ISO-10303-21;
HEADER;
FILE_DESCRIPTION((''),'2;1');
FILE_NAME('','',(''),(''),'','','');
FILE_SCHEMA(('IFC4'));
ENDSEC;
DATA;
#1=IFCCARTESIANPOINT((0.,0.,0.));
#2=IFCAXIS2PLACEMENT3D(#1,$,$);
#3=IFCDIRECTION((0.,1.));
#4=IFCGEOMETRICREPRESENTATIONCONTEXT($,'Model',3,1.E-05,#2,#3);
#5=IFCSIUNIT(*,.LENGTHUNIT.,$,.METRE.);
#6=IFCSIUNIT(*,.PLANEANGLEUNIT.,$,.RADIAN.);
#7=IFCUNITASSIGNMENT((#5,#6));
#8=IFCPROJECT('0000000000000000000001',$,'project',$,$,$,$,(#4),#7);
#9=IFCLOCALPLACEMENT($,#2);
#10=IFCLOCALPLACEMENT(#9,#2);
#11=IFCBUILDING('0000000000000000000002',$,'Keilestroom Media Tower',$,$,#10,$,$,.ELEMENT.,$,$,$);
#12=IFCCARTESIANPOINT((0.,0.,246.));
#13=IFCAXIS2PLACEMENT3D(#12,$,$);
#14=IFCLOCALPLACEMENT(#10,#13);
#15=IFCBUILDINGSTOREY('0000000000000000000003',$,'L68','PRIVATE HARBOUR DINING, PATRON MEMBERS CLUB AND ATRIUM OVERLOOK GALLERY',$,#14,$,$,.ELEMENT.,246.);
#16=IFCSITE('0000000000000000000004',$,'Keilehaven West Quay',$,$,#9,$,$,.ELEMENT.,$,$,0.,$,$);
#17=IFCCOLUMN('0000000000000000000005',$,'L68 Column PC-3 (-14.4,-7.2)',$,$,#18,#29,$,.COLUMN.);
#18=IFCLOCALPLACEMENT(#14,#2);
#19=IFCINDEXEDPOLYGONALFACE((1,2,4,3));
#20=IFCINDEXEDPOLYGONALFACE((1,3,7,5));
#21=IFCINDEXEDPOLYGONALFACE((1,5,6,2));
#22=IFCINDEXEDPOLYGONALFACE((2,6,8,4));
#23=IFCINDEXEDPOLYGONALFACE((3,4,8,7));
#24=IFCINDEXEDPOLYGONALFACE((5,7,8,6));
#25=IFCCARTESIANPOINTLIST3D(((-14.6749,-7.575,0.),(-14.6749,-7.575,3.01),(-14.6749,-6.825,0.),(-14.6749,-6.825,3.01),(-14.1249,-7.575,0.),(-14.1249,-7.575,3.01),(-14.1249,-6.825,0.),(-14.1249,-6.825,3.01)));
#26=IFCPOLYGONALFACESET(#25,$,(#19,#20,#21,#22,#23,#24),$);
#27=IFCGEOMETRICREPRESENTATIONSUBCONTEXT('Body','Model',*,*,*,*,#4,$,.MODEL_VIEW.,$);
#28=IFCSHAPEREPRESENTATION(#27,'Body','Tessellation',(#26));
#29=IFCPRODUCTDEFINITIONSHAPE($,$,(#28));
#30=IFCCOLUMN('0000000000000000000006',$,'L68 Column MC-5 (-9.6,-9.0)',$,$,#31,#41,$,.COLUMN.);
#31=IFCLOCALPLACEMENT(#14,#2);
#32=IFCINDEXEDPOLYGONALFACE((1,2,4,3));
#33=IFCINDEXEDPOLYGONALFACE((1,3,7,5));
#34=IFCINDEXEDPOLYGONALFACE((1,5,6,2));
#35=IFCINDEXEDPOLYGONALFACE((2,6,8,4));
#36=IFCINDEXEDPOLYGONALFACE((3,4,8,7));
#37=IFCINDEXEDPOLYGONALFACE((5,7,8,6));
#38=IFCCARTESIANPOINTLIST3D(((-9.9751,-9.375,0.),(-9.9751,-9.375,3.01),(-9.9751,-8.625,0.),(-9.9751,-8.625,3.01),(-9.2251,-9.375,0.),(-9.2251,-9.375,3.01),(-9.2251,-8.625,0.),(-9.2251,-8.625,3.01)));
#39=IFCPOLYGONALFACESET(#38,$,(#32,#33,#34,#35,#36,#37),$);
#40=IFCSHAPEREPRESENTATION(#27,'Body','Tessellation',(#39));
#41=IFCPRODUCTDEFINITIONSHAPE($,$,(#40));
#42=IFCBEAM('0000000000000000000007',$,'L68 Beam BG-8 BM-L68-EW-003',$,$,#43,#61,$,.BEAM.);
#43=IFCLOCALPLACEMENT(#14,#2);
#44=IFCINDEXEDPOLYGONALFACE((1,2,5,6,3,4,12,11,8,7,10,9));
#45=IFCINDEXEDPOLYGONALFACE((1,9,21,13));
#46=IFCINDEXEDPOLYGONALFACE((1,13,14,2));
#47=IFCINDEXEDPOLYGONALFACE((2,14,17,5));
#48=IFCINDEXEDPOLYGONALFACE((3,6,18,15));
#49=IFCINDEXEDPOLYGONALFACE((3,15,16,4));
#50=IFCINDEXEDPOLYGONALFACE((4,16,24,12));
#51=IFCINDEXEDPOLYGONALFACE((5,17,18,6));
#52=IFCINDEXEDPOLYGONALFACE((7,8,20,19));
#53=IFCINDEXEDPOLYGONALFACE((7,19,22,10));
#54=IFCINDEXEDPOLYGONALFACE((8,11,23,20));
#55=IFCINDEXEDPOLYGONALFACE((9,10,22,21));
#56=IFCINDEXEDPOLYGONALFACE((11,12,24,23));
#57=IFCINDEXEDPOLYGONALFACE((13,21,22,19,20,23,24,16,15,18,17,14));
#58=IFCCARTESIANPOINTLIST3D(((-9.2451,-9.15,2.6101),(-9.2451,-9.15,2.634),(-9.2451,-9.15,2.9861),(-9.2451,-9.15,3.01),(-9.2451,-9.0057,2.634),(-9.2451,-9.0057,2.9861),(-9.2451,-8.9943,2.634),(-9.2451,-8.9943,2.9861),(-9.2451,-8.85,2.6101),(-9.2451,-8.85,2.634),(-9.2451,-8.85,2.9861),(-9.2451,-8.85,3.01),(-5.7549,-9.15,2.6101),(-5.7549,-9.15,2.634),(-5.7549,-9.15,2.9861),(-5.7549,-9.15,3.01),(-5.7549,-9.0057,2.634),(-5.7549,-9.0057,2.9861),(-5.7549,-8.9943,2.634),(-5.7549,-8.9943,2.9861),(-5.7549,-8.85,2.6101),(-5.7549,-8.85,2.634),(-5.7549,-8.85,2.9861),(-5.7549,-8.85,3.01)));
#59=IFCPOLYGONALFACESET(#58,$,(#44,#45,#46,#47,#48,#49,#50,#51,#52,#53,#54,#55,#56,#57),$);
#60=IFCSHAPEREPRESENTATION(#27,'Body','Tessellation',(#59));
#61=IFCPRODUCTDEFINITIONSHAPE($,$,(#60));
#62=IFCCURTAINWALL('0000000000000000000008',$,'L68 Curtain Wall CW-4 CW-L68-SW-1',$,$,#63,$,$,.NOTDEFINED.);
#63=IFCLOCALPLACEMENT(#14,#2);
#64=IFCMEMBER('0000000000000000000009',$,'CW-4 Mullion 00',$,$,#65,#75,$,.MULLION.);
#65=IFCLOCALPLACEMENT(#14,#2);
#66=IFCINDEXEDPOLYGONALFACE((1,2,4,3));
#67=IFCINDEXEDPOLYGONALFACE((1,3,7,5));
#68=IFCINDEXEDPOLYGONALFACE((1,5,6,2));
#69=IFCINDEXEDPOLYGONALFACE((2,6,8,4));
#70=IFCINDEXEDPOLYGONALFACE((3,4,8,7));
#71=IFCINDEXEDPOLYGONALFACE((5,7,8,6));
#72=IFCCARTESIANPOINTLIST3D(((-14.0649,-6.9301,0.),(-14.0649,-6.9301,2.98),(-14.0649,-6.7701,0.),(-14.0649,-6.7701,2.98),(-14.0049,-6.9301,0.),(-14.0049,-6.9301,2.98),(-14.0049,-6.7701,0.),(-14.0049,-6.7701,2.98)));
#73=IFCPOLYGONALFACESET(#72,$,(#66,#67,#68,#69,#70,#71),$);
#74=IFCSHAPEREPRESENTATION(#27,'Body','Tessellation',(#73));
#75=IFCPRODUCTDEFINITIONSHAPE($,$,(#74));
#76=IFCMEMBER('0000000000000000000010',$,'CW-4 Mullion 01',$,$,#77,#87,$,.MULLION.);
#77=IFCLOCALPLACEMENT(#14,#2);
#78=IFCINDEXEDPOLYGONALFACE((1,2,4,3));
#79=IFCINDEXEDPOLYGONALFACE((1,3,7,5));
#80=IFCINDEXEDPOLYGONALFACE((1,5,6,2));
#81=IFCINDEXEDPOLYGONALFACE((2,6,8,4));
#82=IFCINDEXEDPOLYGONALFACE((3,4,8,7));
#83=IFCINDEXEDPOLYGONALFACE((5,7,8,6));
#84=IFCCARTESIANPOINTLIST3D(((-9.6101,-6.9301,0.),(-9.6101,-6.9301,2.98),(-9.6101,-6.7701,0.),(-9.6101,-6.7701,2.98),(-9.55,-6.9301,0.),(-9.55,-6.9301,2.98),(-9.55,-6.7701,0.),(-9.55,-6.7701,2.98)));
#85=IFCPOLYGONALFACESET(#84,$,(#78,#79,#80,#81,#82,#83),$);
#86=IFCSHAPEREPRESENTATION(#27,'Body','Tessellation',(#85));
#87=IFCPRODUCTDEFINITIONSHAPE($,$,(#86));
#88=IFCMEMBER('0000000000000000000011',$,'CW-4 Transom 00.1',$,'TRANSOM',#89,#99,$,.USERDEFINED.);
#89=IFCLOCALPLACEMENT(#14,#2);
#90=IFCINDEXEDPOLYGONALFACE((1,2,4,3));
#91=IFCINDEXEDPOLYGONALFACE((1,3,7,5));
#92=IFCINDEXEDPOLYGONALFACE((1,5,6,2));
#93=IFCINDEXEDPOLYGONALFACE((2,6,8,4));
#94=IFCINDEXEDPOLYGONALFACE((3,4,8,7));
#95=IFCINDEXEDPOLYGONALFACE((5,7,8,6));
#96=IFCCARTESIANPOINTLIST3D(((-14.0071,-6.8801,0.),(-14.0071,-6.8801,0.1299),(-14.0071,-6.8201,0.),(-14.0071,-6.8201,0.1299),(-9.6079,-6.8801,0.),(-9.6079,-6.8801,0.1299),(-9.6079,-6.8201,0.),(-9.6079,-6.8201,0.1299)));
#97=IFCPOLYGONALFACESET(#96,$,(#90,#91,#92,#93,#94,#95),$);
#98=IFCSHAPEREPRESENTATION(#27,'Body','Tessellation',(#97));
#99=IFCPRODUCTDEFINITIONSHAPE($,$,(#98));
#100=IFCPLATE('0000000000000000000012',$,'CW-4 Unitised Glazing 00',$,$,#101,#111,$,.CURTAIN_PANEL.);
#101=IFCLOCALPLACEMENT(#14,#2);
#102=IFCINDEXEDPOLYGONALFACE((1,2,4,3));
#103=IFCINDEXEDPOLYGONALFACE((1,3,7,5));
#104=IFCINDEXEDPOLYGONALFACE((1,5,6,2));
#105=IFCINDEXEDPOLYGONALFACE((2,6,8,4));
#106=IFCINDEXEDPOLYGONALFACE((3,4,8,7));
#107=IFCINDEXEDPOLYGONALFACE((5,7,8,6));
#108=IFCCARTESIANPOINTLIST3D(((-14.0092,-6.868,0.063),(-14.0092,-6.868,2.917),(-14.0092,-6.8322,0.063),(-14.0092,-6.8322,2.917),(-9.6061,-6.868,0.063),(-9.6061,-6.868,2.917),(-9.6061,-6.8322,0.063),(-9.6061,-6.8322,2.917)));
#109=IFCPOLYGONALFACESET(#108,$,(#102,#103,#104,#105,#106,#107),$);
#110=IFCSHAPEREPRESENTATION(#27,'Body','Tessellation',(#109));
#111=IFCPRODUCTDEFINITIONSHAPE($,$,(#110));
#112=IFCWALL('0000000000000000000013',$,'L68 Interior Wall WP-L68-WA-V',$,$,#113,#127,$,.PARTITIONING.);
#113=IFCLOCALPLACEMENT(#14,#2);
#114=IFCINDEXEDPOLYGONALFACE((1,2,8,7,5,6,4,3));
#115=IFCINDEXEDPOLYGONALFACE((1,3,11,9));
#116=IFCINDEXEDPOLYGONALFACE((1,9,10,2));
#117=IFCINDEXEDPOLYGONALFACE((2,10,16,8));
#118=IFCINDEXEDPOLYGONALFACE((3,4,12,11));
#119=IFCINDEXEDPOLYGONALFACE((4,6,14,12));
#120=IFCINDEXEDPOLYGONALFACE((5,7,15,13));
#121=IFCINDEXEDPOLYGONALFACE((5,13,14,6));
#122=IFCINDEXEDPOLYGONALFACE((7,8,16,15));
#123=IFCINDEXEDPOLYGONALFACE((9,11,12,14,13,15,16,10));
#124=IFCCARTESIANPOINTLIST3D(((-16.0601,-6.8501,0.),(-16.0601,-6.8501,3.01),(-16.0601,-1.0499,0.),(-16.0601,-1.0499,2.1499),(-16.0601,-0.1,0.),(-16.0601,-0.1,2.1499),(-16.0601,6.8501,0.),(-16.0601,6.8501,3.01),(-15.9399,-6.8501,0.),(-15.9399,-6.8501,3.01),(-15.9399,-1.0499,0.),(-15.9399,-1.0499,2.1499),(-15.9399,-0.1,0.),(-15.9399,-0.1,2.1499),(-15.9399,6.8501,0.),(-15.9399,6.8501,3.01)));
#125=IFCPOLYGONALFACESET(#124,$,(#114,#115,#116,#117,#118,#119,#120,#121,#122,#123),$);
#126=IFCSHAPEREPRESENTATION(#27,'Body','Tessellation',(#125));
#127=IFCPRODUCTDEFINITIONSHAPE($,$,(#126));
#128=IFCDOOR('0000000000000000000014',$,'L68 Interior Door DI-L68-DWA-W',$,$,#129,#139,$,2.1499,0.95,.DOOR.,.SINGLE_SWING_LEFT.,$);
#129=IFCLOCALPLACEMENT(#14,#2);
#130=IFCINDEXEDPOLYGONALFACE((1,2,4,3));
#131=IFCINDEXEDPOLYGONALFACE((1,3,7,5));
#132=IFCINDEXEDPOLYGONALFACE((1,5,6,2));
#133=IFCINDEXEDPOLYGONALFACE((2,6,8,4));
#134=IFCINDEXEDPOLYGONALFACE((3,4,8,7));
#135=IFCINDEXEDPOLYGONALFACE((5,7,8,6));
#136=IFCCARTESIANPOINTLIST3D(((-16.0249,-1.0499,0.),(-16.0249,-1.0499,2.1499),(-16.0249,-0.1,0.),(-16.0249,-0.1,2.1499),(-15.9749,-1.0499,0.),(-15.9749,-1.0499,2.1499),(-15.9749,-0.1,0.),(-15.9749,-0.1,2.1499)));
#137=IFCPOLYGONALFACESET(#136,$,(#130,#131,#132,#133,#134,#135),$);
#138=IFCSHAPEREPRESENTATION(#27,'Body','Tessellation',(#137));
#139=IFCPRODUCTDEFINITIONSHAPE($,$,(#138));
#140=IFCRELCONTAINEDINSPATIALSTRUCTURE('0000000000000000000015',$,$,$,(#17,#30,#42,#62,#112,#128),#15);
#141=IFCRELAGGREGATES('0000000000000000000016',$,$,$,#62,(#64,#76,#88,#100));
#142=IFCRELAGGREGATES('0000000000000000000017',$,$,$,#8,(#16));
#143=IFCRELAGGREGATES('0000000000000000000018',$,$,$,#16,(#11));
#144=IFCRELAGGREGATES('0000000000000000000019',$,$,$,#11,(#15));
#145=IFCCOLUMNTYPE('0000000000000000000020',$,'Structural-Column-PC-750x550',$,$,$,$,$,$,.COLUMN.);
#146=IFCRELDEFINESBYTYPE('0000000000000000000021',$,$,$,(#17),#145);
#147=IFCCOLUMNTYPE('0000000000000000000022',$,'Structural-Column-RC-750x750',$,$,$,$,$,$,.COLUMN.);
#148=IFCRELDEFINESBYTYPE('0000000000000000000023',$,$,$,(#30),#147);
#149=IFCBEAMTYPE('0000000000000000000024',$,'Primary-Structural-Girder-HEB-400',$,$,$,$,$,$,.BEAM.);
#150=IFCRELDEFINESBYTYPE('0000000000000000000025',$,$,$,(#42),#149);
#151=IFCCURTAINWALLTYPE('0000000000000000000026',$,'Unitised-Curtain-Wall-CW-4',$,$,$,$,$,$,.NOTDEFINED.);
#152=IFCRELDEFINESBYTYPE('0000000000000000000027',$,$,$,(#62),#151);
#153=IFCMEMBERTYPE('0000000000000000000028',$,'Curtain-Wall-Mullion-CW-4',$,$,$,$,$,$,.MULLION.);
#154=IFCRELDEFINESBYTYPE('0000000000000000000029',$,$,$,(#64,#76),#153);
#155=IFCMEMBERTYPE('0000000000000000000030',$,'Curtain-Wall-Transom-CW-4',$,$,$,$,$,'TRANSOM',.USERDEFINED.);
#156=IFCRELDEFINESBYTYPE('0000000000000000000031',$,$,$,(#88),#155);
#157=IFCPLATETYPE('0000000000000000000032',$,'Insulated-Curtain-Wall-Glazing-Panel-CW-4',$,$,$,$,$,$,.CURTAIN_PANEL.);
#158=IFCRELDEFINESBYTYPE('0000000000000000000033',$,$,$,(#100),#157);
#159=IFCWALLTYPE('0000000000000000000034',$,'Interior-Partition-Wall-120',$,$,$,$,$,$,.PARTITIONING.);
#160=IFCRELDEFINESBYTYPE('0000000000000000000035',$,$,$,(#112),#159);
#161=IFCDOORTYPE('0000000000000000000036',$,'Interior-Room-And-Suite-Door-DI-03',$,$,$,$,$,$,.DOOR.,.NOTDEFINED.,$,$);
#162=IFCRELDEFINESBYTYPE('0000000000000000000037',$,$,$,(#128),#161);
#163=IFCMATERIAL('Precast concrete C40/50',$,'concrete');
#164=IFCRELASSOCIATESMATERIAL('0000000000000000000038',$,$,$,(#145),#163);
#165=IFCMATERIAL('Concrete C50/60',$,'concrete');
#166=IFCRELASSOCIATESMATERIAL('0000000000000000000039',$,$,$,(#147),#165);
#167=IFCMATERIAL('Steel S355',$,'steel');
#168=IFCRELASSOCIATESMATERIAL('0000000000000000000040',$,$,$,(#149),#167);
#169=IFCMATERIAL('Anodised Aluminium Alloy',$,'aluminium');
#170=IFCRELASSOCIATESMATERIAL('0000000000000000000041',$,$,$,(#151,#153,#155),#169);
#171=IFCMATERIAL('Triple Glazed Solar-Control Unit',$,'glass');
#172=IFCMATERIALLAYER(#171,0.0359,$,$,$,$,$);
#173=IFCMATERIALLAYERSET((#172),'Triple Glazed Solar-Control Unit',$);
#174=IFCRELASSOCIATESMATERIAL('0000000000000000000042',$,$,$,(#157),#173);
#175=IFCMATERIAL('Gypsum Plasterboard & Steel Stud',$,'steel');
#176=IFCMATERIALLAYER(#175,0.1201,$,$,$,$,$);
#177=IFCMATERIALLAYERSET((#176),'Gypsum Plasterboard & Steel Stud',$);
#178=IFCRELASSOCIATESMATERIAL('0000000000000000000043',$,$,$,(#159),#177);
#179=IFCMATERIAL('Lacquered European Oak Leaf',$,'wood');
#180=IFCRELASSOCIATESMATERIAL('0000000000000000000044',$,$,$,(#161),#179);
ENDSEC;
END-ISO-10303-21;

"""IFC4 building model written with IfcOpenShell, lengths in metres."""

from ifc_helpers import new_model, si_unit, direction, frame, frame_2d, origin, origin_2d, place, context, subcontext, project, spatial, rectangle, i_section, extrude, source, transform, mapped, material, layer, layer_set, material_profile, profile_set, type_object, element, fill, aggregate, save


model = new_model("IFC4")

# Units and contexts
model_context = context("Model", 3, precision=1e-05, world=origin(), true_north=direction((0.0, 1.0)))
body_context = subcontext(model_context, "Body", "Model", "MODEL_VIEW")
ifc_project = project(units=[si_unit("LENGTHUNIT", "METRE"), si_unit("PLANEANGLEUNIT", "RADIAN")], contexts=[model_context])

# Site, building, storey
site_placement = place(None, origin())
site = spatial("IfcSite", under=ifc_project, at=site_placement, Name="Keilehaven West Quay", CompositionType="ELEMENT", RefElevation=0.0)
building_placement = place(site_placement, origin())
building = spatial("IfcBuilding", under=site, at=building_placement, Name="Keilestroom Media Tower", CompositionType="ELEMENT")
storey_placement = place(building_placement, frame((0.0, 0.0, 246.0)))
storey = spatial("IfcBuildingStorey", under=building, at=storey_placement, Name="L68", Description="PRIVATE HARBOUR DINING, PATRON MEMBERS CLUB AND ATRIUM OVERLOOK GALLERY", CompositionType="ELEMENT", Elevation=246.0)

# Columns
ifc_material_1 = material(Name="Precast concrete C40/50", Category="concrete")
ifc_material_profile_1 = material_profile(ifc_material_1, rectangle(XDim=0.55, YDim=0.75, at=origin_2d()), Name="PC 750x550")
ifc_profile_set_1 = profile_set([ifc_material_profile_1], Name="Precast concrete C40/50")
column_type_1 = type_object("IfcColumnType", Name="Structural-Column-PC-750x550", PredefinedType="COLUMN", material=ifc_profile_set_1)
shared_shape_1 = source(origin(), body_context, "Body", "SweptSolid", [
    extrude(rectangle(XDim=0.55, YDim=0.75, at=origin_2d()), origin(), (0.0, 0.0, 1.0), 3.01),
])
column_1_placement = place(storey_placement, frame((-14.3999, -7.2, 0.0), z_axis=(0.0, 0.0, 1.0), x_axis=(1.0, 0.0, 0.0)))
element("IfcColumn", 1, at=column_1_placement, inside=storey, type_object=column_type_1, Name="L68 Column PC-3 (-14.4,-7.2)", PredefinedType="COLUMN", context=body_context, shape_type="MappedRepresentation", body=[
    mapped(shared_shape_1, transform((0.0, 0.0, 0.0), x_axis=(1.0, 0.0, 0.0), y_axis=(0.0, 1.0, 0.0), z_axis=(0.0, 0.0, 1.0), scale=1.0)),
])
ifc_material_2 = material(Name="Concrete C50/60", Category="concrete")
ifc_material_profile_2 = material_profile(ifc_material_2, rectangle(XDim=0.75, YDim=0.75, at=origin_2d()), Name="RC 750x750")
ifc_profile_set_2 = profile_set([ifc_material_profile_2], Name="Concrete C50/60")
column_type_2 = type_object("IfcColumnType", Name="Structural-Column-RC-750x750", PredefinedType="COLUMN", material=ifc_profile_set_2)
shared_shape_2 = source(origin(), body_context, "Body", "SweptSolid", [
    extrude(rectangle(XDim=0.75, YDim=0.75, at=origin_2d()), origin(), (0.0, 0.0, 1.0), 3.01),
])
column_2_placement = place(storey_placement, frame((-9.6001, -9.0, 0.0), z_axis=(0.0, 0.0, 1.0), x_axis=(1.0, 0.0, 0.0)))
element("IfcColumn", 2, at=column_2_placement, inside=storey, type_object=column_type_2, Name="L68 Column MC-5 (-9.6,-9.0)", PredefinedType="COLUMN", context=body_context, shape_type="MappedRepresentation", body=[
    mapped(shared_shape_2, transform((0.0, 0.0, 0.0), x_axis=(1.0, 0.0, 0.0), y_axis=(0.0, 1.0, 0.0), z_axis=(0.0, 0.0, 1.0), scale=1.0)),
])

# Beam
ifc_material_3 = material(Name="Steel S355", Category="steel")
ifc_material_profile_3 = material_profile(ifc_material_3, i_section(OverallWidth=0.3, OverallDepth=0.3999, WebThickness=0.0115, FlangeThickness=0.0239, at=origin_2d()), Name="HEB 400")
ifc_profile_set_3 = profile_set([ifc_material_profile_3], Name="Steel S355")
beam_type = type_object("IfcBeamType", Name="Primary-Structural-Girder-HEB-400", PredefinedType="BEAM", material=ifc_profile_set_3)
shared_shape_3 = source(origin(), body_context, "Body", "SweptSolid", [
    extrude(i_section(OverallWidth=0.3, OverallDepth=0.3999, WebThickness=0.0115, FlangeThickness=0.0239, at=origin_2d()), origin(), (0.0, 0.0, 1.0), 3.4902),
])
beam_placement = place(storey_placement, frame((-9.2451, -9.0, 2.8101), z_axis=(1.0, 0.0, 0.0), x_axis=(0.0, 1.0, 0.0)))
element("IfcBeam", 3, at=beam_placement, inside=storey, type_object=beam_type, Name="L68 Beam BG-8 BM-L68-EW-003", PredefinedType="BEAM", context=body_context, shape_type="MappedRepresentation", body=[
    mapped(shared_shape_3, transform((0.0, 0.0, 0.0), x_axis=(1.0, 0.0, 0.0), y_axis=(0.0, 1.0, 0.0), z_axis=(0.0, 0.0, 1.0), scale=1.0)),
])

# Curtain wall, members, plate
ifc_material_4 = material(Name="Anodised Aluminium Alloy", Category="aluminium")
curtain_wall_type = type_object("IfcCurtainWallType", Name="Unitised-Curtain-Wall-CW-4", PredefinedType="NOTDEFINED", material=ifc_material_4)
curtain_wall_placement = place(storey_placement, origin())
curtain_wall = element("IfcCurtainWall", 4, at=curtain_wall_placement, inside=storey, type_object=curtain_wall_type, Name="L68 Curtain Wall CW-4 CW-L68-SW-1", PredefinedType="NOTDEFINED")
ifc_material_profile_4 = material_profile(ifc_material_4, rectangle(XDim=0.0601, YDim=0.1599, at=origin_2d()), Name="ALU MULLION 60x160")
ifc_profile_set_4 = profile_set([ifc_material_profile_4], Name="Anodised Aluminium Alloy")
member_type_1 = type_object("IfcMemberType", Name="Curtain-Wall-Mullion-CW-4", PredefinedType="MULLION", material=ifc_profile_set_4)
shared_shape_4 = source(origin(), body_context, "Body", "SweptSolid", [
    extrude(rectangle(XDim=0.0601, YDim=0.1599, at=origin_2d()), origin(), (0.0, 0.0, 1.0), 2.98),
])
member_1_placement = place(storey_placement, frame((-14.0349, -6.8501, 0.0), z_axis=(0.0, 0.0, 1.0), x_axis=(1.0, 0.0, 0.0)))
member_1 = element("IfcMember", 5, at=member_1_placement, type_object=member_type_1, Name="CW-4 Mullion 00", PredefinedType="MULLION", context=body_context, shape_type="MappedRepresentation", body=[
    mapped(shared_shape_4, transform((0.0, 0.0, 0.0), x_axis=(1.0, 0.0, 0.0), y_axis=(0.0, 1.0, 0.0), z_axis=(0.0, 0.0, 1.0), scale=1.0)),
])
member_2_placement = place(storey_placement, frame((-9.5801, -6.8501, 0.0), z_axis=(0.0, 0.0, 1.0), x_axis=(1.0, 0.0, 0.0)))
member_2 = element("IfcMember", 6, at=member_2_placement, type_object=member_type_1, Name="CW-4 Mullion 01", PredefinedType="MULLION", context=body_context, shape_type="MappedRepresentation", body=[
    mapped(shared_shape_4, transform((0.0, 0.0, 0.0), x_axis=(1.0, 0.0, 0.0), y_axis=(0.0, 1.0, 0.0), z_axis=(0.0, 0.0, 1.0), scale=1.0)),
])
ifc_material_profile_5 = material_profile(ifc_material_4, rectangle(XDim=0.0601, YDim=0.1299, at=origin_2d()), Name="ALU TRANSOM 60x130")
ifc_profile_set_5 = profile_set([ifc_material_profile_5], Name="Anodised Aluminium Alloy")
member_type_2 = type_object("IfcMemberType", Name="Curtain-Wall-Transom-CW-4", ElementType="TRANSOM", PredefinedType="USERDEFINED", material=ifc_profile_set_5)
shared_shape_5 = source(origin(), body_context, "Body", "SweptSolid", [
    extrude(rectangle(XDim=0.0601, YDim=0.1299, at=origin_2d()), origin(), (0.0, 0.0, 1.0), 4.3992),
])
member_3_placement = place(storey_placement, frame((-14.0071, -6.8501, 0.0649), z_axis=(1.0, 0.0, 0.0), x_axis=(0.0, 1.0, 0.0)))
member_3 = element("IfcMember", 7, at=member_3_placement, type_object=member_type_2, Name="CW-4 Transom 00.1", ObjectType="TRANSOM", PredefinedType="USERDEFINED", context=body_context, shape_type="MappedRepresentation", body=[
    mapped(shared_shape_5, transform((0.0, 0.0, 0.0), x_axis=(1.0, 0.0, 0.0), y_axis=(0.0, 1.0, 0.0), z_axis=(0.0, 0.0, 1.0), scale=1.0)),
])
ifc_material_5 = material(Name="Triple Glazed Solar-Control Unit", Category="glass")
ifc_layer_1 = layer(ifc_material_5, 0.0359)
ifc_layer_set_1 = layer_set([ifc_layer_1], Name="Triple Glazed Solar-Control Unit")
plate_type = type_object("IfcPlateType", Name="Insulated-Curtain-Wall-Glazing-Panel-CW-4", PredefinedType="CURTAIN_PANEL", material=ifc_layer_set_1)
shared_shape_6 = source(origin(), body_context, "Body", "SweptSolid", [
    extrude(rectangle(XDim=4.4031, YDim=0.0359, at=origin_2d()), origin(), (0.0, 0.0, 1.0), 2.854),
])
plate_placement = place(storey_placement, frame((-11.8076, -6.8501, 0.063), z_axis=(0.0, 0.0, 1.0), x_axis=(1.0, 0.0, 0.0)))
plate = element("IfcPlate", 8, at=plate_placement, type_object=plate_type, Name="CW-4 Unitised Glazing 00", PredefinedType="CURTAIN_PANEL", context=body_context, shape_type="MappedRepresentation", body=[
    mapped(shared_shape_6, transform((0.0, 0.0, 0.0), x_axis=(1.0, 0.0, 0.0), y_axis=(0.0, 1.0, 0.0), z_axis=(0.0, 0.0, 1.0), scale=1.0)),
])
aggregate(curtain_wall, [member_1, member_2, member_3, plate])

# Wall, opening, door
ifc_material_6 = material(Name="Gypsum Plasterboard & Steel Stud", Category="steel")
ifc_layer_2 = layer(ifc_material_6, 0.1201)
ifc_layer_set_2 = layer_set([ifc_layer_2], Name="Gypsum Plasterboard & Steel Stud")
wall_type_1 = type_object("IfcWallType", Name="Interior-Partition-Wall-120", PredefinedType="PARTITIONING", material=ifc_layer_set_2)
wall_1_placement = place(storey_placement, frame((-16.0, -6.8501, 0.0), z_axis=(0.0, 0.0, 1.0), x_axis=(0.0, 1.0, 0.0)))
wall_1 = element("IfcWall", 9, at=wall_1_placement, inside=storey, type_object=wall_type_1, Name="L68 Interior Wall WP-L68-WA-V", PredefinedType="PARTITIONING", context=body_context, shape_type="SweptSolid", body=[
    extrude(rectangle(XDim=13.7002, YDim=0.1201, at=frame_2d((6.8501, 0.0))), origin(), (0.0, 0.0, 1.0), 3.01),
])
opening_1_placement = place(wall_1_placement, frame((5.8, 0.0, 0.0)))
opening_1 = element("IfcOpeningElement", 10, at=opening_1_placement, cuts=wall_1, PredefinedType="OPENING", context=body_context, shape_type="SweptSolid", body=[
    extrude(rectangle(XDim=0.95, YDim=2.1499, at=frame_2d((0.4751, 1.075))), frame((0.0, 0.0701, 0.0), z_axis=(0.0, -1.0, 0.0), x_axis=(1.0, 0.0, 0.0)), (0.0, 0.0, 1.0), 0.1401),
])
ifc_material_7 = material(Name="Lacquered European Oak Leaf", Category="wood")
door_type_1 = type_object("IfcDoorType", Name="Interior-Room-And-Suite-Door-DI-03", OperationType="NOTDEFINED", PredefinedType="DOOR", material=ifc_material_7)
shared_shape_7 = source(origin(), body_context, "Body", "SweptSolid", [
    extrude(rectangle(XDim=0.95, YDim=2.1499, at=frame_2d((0.4751, 1.075))), frame((0.0, 0.0249, 0.0), z_axis=(0.0, -1.0, 0.0), x_axis=(1.0, 0.0, 0.0)), (0.0, 0.0, 1.0), 0.05),
])
door_1_placement = place(opening_1_placement, origin())
door_1 = element("IfcDoor", 11, at=door_1_placement, inside=storey, type_object=door_type_1, Name="L68 Interior Door DI-L68-DWA-W", OperationType="SINGLE_SWING_LEFT", OverallHeight=2.1499, OverallWidth=0.95, PredefinedType="DOOR", context=body_context, shape_type="MappedRepresentation", body=[
    mapped(shared_shape_7, transform((0.0, 0.0, 0.0), x_axis=(1.0, 0.0, 0.0), y_axis=(0.0, 1.0, 0.0), z_axis=(0.0, 0.0, 1.0), scale=1.0)),
])
fill(opening_1, door_1)

save(model, "model.ifc")
